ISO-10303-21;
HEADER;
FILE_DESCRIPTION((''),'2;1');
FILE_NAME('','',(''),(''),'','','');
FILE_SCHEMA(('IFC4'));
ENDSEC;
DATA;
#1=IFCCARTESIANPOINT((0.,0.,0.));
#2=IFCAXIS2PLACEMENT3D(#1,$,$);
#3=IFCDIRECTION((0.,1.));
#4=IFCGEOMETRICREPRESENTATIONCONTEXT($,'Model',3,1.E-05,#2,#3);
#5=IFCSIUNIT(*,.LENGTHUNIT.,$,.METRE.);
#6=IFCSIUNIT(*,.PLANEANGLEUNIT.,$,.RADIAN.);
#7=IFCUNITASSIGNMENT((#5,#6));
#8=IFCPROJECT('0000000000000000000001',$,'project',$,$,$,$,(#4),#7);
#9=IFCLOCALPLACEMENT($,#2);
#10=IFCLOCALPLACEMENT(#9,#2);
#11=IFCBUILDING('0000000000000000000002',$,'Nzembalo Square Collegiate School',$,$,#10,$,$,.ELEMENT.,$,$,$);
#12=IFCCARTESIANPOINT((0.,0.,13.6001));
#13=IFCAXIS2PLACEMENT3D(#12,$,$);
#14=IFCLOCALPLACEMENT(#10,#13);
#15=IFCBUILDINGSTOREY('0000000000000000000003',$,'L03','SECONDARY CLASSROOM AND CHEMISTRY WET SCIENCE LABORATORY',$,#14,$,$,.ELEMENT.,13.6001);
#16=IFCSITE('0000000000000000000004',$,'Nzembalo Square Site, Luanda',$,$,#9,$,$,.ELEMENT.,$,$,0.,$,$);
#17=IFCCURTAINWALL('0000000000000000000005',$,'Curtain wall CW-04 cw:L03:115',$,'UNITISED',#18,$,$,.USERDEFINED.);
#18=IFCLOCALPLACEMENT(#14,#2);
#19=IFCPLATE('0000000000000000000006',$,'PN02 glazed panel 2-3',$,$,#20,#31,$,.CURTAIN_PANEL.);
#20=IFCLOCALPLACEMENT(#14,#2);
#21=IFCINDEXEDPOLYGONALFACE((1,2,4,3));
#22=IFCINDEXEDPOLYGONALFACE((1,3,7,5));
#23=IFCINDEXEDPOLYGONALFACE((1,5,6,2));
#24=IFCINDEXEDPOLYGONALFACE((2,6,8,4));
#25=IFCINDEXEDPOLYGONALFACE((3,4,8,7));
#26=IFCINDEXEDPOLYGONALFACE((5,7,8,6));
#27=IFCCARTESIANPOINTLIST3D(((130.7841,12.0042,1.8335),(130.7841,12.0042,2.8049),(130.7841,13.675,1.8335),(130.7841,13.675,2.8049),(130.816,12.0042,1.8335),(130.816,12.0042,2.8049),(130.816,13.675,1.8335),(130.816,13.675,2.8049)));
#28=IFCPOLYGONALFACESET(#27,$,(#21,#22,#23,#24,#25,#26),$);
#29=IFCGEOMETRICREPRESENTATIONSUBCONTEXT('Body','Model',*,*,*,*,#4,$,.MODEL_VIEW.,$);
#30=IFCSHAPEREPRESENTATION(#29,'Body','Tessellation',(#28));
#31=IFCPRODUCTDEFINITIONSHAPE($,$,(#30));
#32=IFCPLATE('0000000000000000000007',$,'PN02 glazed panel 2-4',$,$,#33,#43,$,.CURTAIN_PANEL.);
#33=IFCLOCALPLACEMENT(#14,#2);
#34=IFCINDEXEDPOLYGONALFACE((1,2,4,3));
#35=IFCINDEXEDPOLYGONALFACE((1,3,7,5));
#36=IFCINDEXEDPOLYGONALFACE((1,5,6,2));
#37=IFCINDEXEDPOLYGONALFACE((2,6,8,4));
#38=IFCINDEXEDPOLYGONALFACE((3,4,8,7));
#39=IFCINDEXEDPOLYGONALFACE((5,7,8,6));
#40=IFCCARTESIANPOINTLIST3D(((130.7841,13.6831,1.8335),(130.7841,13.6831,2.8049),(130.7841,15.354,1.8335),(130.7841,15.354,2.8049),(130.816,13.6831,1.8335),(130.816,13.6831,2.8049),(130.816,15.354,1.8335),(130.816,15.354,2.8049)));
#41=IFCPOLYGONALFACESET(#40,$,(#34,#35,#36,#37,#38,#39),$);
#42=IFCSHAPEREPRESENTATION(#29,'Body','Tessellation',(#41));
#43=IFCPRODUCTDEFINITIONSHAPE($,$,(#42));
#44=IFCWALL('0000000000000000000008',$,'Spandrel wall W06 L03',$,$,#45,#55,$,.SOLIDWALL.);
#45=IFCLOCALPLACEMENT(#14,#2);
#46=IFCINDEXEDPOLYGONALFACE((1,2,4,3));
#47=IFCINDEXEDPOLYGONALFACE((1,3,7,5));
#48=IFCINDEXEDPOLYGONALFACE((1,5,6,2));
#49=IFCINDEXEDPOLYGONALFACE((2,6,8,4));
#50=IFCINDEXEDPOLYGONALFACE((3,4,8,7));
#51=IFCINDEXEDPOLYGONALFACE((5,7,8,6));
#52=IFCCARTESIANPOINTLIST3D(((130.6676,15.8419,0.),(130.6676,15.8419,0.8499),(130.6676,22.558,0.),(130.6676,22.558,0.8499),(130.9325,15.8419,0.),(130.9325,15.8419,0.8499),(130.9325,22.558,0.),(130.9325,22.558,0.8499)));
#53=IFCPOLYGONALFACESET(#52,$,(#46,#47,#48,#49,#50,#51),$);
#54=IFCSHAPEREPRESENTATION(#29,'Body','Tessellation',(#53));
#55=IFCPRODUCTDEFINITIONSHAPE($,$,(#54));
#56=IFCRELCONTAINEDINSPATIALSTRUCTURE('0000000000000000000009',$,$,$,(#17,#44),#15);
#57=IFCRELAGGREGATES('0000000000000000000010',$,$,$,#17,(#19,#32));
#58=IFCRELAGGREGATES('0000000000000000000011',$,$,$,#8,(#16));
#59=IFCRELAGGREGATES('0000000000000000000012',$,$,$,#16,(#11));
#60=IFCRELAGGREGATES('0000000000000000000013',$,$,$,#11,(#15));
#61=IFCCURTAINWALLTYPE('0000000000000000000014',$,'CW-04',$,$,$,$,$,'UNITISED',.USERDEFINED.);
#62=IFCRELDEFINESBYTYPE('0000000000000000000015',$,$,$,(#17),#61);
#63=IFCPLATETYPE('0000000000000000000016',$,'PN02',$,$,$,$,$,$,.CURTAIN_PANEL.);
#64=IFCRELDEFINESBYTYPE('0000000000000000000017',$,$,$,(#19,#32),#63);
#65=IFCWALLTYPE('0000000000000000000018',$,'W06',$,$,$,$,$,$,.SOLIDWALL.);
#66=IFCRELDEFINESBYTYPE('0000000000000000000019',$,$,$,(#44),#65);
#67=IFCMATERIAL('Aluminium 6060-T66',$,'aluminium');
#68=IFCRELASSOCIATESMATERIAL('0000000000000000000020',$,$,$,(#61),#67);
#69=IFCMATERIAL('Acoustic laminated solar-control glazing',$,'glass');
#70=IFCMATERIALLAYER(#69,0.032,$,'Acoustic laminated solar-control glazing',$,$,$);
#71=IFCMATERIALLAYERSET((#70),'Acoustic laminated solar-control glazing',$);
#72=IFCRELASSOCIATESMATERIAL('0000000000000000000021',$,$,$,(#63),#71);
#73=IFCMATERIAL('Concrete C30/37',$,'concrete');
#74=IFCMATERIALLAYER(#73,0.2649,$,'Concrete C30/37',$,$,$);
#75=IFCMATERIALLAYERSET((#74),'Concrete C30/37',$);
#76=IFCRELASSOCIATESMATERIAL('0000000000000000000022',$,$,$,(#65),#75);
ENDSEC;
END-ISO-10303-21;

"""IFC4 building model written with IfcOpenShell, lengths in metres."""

from ifc_helpers import new_model, si_unit, direction, frame, frame_2d, origin, origin_2d, place, context, subcontext, project, spatial, rectangle, extrude, material, layer, layer_set, type_object, element, aggregate, save


model = new_model("IFC4")

# Units and contexts
model_context = context("Model", 3, precision=1e-05, world=origin(), true_north=direction((0.0, 1.0)))
body_context = subcontext(model_context, "Body", "Model", "MODEL_VIEW")
ifc_project = project(units=[si_unit("LENGTHUNIT", "METRE"), si_unit("PLANEANGLEUNIT", "RADIAN")], contexts=[model_context])

# Site, building, storey
site_placement = place(None, origin())
site = spatial("IfcSite", under=ifc_project, at=site_placement, Name="Nzembalo Square Site, Luanda", CompositionType="ELEMENT", RefElevation=0.0)
building_placement = place(site_placement, origin())
building = spatial("IfcBuilding", under=site, at=building_placement, Name="Nzembalo Square Collegiate School", CompositionType="ELEMENT")
storey_placement = place(building_placement, frame((0.0, 0.0, 13.6001)))
storey = spatial("IfcBuildingStorey", under=building, at=storey_placement, Name="L03", Description="SECONDARY CLASSROOM AND CHEMISTRY WET SCIENCE LABORATORY", CompositionType="ELEMENT", Elevation=13.6001)

# Curtain wall
ifc_material_1 = material(Name="Aluminium 6060-T66", Category="aluminium")
curtain_wall_type_1 = type_object("IfcCurtainWallType", Name="CW-04", ElementType="UNITISED", PredefinedType="USERDEFINED", material=ifc_material_1)
curtain_wall_1_placement = place(storey_placement, origin())
curtain_wall_1 = element("IfcCurtainWall", 1, at=curtain_wall_1_placement, inside=storey, type_object=curtain_wall_type_1, Name="Curtain wall CW-04 cw:L03:115", ObjectType="UNITISED", PredefinedType="USERDEFINED")

# Plates
ifc_material_2 = material(Name="Acoustic laminated solar-control glazing", Category="glass")
ifc_layer_1 = layer(ifc_material_2, 0.032, Name="Acoustic laminated solar-control glazing")
ifc_layer_set_1 = layer_set([ifc_layer_1], Name="Acoustic laminated solar-control glazing")
plate_type = type_object("IfcPlateType", Name="PN02", PredefinedType="CURTAIN_PANEL", material=ifc_layer_set_1)
plate_1_placement = place(storey_placement, frame((130.8, 12.8396, 1.8335), z_axis=(0.0, 0.0, 1.0), x_axis=(0.0, 1.0, 0.0)))
plate_1 = element("IfcPlate", 2, at=plate_1_placement, type_object=plate_type, Name="PN02 glazed panel 2-3", PredefinedType="CURTAIN_PANEL", context=body_context, shape_type="SweptSolid", body=[
    extrude(rectangle(XDim=1.6709, YDim=0.032, at=origin_2d()), origin(), (0.0, 0.0, 1.0), 0.9714),
])
plate_2_placement = place(storey_placement, frame((130.8, 14.5186, 1.8335), z_axis=(0.0, 0.0, 1.0), x_axis=(0.0, 1.0, 0.0)))
plate_2 = element("IfcPlate", 3, at=plate_2_placement, type_object=plate_type, Name="PN02 glazed panel 2-4", PredefinedType="CURTAIN_PANEL", context=body_context, shape_type="SweptSolid", body=[
    extrude(rectangle(XDim=1.6709, YDim=0.032, at=origin_2d()), origin(), (0.0, 0.0, 1.0), 0.9714),
])
aggregate(curtain_wall_1, [plate_1, plate_2])

# Wall
ifc_material_3 = material(Name="Concrete C30/37", Category="concrete")
ifc_layer_2 = layer(ifc_material_3, 0.2649, Name="Concrete C30/37")
ifc_layer_set_2 = layer_set([ifc_layer_2], Name="Concrete C30/37")
wall_type = type_object("IfcWallType", Name="W06", PredefinedType="SOLIDWALL", material=ifc_layer_set_2)
wall_placement = place(storey_placement, frame((130.8, 15.842, 0.0), z_axis=(0.0, 0.0, 1.0), x_axis=(0.0, 1.0, 0.0)))
element("IfcWall", 4, at=wall_placement, inside=storey, type_object=wall_type, Name="Spandrel wall W06 L03", PredefinedType="SOLIDWALL", context=body_context, shape_type="SweptSolid", body=[
    extrude(rectangle(XDim=6.7161, YDim=0.2649, at=frame_2d((3.3579, 0.0))), origin(), (0.0, 0.0, 1.0), 0.8499),
])

save(model, "model.ifc")
